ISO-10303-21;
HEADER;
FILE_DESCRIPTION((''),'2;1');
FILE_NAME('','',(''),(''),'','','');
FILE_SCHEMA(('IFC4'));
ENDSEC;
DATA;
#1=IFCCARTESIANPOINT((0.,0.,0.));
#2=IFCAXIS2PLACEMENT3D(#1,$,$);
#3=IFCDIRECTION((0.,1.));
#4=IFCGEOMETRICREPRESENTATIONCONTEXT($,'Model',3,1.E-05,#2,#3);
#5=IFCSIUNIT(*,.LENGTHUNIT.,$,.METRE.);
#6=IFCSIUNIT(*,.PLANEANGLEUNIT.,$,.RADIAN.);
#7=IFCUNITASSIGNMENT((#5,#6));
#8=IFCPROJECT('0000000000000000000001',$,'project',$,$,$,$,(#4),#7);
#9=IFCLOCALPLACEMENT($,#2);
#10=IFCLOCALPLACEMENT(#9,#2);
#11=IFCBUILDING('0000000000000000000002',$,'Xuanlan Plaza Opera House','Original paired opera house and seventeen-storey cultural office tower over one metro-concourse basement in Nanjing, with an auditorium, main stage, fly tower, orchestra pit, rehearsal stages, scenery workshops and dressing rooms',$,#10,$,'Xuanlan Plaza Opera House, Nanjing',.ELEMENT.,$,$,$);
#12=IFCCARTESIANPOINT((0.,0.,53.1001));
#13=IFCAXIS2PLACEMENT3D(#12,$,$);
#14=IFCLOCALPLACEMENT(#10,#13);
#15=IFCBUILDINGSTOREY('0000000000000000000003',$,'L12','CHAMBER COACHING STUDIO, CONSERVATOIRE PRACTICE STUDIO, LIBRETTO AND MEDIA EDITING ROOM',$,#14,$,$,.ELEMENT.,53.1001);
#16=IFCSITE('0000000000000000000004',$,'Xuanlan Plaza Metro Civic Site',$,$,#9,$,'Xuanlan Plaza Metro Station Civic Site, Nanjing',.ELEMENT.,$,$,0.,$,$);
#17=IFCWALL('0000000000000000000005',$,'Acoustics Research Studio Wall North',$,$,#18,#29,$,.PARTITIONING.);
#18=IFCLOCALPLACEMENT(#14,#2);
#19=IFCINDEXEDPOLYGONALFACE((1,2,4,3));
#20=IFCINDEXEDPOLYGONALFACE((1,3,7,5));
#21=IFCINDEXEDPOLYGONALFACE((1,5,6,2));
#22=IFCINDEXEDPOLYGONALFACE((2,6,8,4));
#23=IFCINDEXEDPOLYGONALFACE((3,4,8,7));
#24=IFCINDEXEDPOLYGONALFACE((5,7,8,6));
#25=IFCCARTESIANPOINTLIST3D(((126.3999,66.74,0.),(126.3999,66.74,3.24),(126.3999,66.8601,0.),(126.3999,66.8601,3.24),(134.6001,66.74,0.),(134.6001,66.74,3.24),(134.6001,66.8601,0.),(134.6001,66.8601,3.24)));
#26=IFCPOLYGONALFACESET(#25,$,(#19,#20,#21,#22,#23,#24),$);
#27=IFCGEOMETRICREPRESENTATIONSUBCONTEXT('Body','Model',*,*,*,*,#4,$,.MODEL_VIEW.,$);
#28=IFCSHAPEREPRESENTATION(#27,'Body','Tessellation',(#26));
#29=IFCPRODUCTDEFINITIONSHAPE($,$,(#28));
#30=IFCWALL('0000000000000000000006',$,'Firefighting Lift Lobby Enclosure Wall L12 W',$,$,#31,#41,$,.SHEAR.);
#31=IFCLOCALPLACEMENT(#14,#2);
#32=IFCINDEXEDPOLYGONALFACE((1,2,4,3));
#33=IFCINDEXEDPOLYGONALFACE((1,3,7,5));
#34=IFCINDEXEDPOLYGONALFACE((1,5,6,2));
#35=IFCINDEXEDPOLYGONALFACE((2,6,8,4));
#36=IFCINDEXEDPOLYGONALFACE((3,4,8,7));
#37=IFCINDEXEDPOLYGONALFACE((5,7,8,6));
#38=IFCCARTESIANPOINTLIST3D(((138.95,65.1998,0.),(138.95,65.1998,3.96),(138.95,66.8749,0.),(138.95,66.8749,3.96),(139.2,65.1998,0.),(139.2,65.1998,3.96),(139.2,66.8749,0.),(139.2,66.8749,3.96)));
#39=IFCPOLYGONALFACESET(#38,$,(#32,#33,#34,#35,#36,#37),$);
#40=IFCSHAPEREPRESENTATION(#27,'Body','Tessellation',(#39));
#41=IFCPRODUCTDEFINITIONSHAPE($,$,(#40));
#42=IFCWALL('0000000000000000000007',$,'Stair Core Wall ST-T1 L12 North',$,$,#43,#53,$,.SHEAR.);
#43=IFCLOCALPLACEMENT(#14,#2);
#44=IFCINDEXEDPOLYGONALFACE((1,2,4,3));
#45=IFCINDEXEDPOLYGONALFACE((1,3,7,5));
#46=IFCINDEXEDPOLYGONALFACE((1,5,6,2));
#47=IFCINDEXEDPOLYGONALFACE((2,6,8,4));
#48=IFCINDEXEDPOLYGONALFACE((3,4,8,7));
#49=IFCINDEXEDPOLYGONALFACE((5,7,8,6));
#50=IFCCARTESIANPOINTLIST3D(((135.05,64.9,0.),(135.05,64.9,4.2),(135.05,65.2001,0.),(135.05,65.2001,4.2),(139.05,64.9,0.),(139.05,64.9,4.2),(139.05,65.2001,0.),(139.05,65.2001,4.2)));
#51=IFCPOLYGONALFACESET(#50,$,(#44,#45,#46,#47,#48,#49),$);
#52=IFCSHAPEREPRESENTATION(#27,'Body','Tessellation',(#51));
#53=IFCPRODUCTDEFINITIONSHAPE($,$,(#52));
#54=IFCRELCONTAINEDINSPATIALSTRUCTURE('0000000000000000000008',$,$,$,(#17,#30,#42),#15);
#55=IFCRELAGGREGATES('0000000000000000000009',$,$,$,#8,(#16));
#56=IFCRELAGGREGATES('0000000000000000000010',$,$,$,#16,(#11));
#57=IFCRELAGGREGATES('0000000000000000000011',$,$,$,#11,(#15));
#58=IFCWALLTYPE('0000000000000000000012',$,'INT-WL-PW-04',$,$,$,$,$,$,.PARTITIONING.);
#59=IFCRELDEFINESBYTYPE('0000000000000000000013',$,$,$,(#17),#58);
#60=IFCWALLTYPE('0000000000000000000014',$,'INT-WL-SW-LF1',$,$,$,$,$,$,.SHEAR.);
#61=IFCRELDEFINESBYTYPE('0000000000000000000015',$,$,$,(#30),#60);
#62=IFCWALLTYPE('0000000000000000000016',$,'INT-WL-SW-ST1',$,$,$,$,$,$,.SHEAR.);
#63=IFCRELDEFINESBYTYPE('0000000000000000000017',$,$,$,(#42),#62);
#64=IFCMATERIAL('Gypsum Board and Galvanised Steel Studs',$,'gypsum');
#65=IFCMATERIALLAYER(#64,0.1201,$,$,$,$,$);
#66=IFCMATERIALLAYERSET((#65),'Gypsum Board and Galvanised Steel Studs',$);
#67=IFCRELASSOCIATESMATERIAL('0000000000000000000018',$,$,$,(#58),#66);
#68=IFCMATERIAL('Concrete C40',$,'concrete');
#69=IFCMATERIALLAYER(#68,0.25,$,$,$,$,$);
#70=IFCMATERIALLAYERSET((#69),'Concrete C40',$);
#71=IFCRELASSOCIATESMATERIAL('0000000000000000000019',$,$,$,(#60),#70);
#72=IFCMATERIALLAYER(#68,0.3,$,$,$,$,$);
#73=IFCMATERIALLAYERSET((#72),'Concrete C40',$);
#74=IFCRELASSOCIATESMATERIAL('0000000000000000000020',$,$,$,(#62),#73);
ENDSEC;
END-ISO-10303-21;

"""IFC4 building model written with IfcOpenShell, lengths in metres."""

from ifc_helpers import new_model, si_unit, direction, frame, frame_2d, origin, place, context, subcontext, project, spatial, rectangle, extrude, material, layer, layer_set, type_object, element, save


model = new_model("IFC4")

# Units and contexts
model_context = context("Model", 3, precision=1e-05, world=origin(), true_north=direction((0.0, 1.0)))
body_context = subcontext(model_context, "Body", "Model", "MODEL_VIEW")
ifc_project = project(units=[si_unit("LENGTHUNIT", "METRE"), si_unit("PLANEANGLEUNIT", "RADIAN")], contexts=[model_context])

# Site, building, storey
site_placement = place(None, origin())
site = spatial("IfcSite", under=ifc_project, at=site_placement, Name="Xuanlan Plaza Metro Civic Site", LongName="Xuanlan Plaza Metro Station Civic Site, Nanjing", CompositionType="ELEMENT", RefElevation=0.0)
building_placement = place(site_placement, origin())
building = spatial("IfcBuilding", under=site, at=building_placement, Name="Xuanlan Plaza Opera House", Description="Original paired opera house and seventeen-storey cultural office tower over one metro-concourse basement in Nanjing, with an auditorium, main stage, fly tower, orchestra pit, rehearsal stages, scenery workshops and dressing rooms", LongName="Xuanlan Plaza Opera House, Nanjing", CompositionType="ELEMENT")
storey_placement = place(building_placement, frame((0.0, 0.0, 53.1001)))
storey = spatial("IfcBuildingStorey", under=building, at=storey_placement, Name="L12", Description="CHAMBER COACHING STUDIO, CONSERVATOIRE PRACTICE STUDIO, LIBRETTO AND MEDIA EDITING ROOM", CompositionType="ELEMENT", Elevation=53.1001)

# Shared definitions
ifc_material_1 = material(Name="Concrete C40", Category="concrete")

# Shared definitions
ifc_material_2 = material(Name="Gypsum Board and Galvanised Steel Studs", Category="gypsum")

# Walls
ifc_layer_1 = layer(ifc_material_2, 0.1201)
ifc_layer_set_1 = layer_set([ifc_layer_1], Name="Gypsum Board and Galvanised Steel Studs")
wall_type_1 = type_object("IfcWallType", Name="INT-WL-PW-04", PredefinedType="PARTITIONING", material=ifc_layer_set_1)
wall_1_placement = place(storey_placement, frame((126.3999, 66.8, 0.0), z_axis=(0.0, 0.0, 1.0), x_axis=(1.0, 0.0, 0.0)))
element("IfcWall", 1, at=wall_1_placement, inside=storey, type_object=wall_type_1, Name="Acoustics Research Studio Wall North", PredefinedType="PARTITIONING", context=body_context, shape_type="SweptSolid", body=[
    extrude(rectangle(XDim=8.2002, YDim=0.1201, at=frame_2d((4.1001, 0.0))), origin(), (0.0, 0.0, 1.0), 3.24),
])
ifc_layer_2 = layer(ifc_material_1, 0.25)
ifc_layer_set_2 = layer_set([ifc_layer_2], Name="Concrete C40")
wall_type_2 = type_object("IfcWallType", Name="INT-WL-SW-LF1", PredefinedType="SHEAR", material=ifc_layer_set_2)
wall_2_placement = place(storey_placement, frame((139.075, 65.2, 0.0), z_axis=(0.0, 0.0, 1.0), x_axis=(0.0, 1.0, 0.0)))
element("IfcWall", 2, at=wall_2_placement, inside=storey, type_object=wall_type_2, Name="Firefighting Lift Lobby Enclosure Wall L12 W", PredefinedType="SHEAR", context=body_context, shape_type="SweptSolid", body=[
    extrude(rectangle(XDim=1.675, YDim=0.25, at=frame_2d((0.8374, 0.0))), origin(), (0.0, 0.0, 1.0), 3.96),
])

# Wall
ifc_layer_3 = layer(ifc_material_1, 0.3)
ifc_layer_set_3 = layer_set([ifc_layer_3], Name="Concrete C40")
wall_type_3 = type_object("IfcWallType", Name="INT-WL-SW-ST1", PredefinedType="SHEAR", material=ifc_layer_set_3)
wall_3_placement = place(storey_placement, frame((135.05, 65.05, 0.0), z_axis=(0.0, 0.0, 1.0), x_axis=(1.0, 0.0, 0.0)))
element("IfcWall", 3, at=wall_3_placement, inside=storey, type_object=wall_type_3, Name="Stair Core Wall ST-T1 L12 North", PredefinedType="SHEAR", context=body_context, shape_type="SweptSolid", body=[
    extrude(rectangle(XDim=4.0, YDim=0.3, at=frame_2d((2.0, 0.0))), origin(), (0.0, 0.0, 1.0), 4.2),
])

save(model, "model.ifc")
